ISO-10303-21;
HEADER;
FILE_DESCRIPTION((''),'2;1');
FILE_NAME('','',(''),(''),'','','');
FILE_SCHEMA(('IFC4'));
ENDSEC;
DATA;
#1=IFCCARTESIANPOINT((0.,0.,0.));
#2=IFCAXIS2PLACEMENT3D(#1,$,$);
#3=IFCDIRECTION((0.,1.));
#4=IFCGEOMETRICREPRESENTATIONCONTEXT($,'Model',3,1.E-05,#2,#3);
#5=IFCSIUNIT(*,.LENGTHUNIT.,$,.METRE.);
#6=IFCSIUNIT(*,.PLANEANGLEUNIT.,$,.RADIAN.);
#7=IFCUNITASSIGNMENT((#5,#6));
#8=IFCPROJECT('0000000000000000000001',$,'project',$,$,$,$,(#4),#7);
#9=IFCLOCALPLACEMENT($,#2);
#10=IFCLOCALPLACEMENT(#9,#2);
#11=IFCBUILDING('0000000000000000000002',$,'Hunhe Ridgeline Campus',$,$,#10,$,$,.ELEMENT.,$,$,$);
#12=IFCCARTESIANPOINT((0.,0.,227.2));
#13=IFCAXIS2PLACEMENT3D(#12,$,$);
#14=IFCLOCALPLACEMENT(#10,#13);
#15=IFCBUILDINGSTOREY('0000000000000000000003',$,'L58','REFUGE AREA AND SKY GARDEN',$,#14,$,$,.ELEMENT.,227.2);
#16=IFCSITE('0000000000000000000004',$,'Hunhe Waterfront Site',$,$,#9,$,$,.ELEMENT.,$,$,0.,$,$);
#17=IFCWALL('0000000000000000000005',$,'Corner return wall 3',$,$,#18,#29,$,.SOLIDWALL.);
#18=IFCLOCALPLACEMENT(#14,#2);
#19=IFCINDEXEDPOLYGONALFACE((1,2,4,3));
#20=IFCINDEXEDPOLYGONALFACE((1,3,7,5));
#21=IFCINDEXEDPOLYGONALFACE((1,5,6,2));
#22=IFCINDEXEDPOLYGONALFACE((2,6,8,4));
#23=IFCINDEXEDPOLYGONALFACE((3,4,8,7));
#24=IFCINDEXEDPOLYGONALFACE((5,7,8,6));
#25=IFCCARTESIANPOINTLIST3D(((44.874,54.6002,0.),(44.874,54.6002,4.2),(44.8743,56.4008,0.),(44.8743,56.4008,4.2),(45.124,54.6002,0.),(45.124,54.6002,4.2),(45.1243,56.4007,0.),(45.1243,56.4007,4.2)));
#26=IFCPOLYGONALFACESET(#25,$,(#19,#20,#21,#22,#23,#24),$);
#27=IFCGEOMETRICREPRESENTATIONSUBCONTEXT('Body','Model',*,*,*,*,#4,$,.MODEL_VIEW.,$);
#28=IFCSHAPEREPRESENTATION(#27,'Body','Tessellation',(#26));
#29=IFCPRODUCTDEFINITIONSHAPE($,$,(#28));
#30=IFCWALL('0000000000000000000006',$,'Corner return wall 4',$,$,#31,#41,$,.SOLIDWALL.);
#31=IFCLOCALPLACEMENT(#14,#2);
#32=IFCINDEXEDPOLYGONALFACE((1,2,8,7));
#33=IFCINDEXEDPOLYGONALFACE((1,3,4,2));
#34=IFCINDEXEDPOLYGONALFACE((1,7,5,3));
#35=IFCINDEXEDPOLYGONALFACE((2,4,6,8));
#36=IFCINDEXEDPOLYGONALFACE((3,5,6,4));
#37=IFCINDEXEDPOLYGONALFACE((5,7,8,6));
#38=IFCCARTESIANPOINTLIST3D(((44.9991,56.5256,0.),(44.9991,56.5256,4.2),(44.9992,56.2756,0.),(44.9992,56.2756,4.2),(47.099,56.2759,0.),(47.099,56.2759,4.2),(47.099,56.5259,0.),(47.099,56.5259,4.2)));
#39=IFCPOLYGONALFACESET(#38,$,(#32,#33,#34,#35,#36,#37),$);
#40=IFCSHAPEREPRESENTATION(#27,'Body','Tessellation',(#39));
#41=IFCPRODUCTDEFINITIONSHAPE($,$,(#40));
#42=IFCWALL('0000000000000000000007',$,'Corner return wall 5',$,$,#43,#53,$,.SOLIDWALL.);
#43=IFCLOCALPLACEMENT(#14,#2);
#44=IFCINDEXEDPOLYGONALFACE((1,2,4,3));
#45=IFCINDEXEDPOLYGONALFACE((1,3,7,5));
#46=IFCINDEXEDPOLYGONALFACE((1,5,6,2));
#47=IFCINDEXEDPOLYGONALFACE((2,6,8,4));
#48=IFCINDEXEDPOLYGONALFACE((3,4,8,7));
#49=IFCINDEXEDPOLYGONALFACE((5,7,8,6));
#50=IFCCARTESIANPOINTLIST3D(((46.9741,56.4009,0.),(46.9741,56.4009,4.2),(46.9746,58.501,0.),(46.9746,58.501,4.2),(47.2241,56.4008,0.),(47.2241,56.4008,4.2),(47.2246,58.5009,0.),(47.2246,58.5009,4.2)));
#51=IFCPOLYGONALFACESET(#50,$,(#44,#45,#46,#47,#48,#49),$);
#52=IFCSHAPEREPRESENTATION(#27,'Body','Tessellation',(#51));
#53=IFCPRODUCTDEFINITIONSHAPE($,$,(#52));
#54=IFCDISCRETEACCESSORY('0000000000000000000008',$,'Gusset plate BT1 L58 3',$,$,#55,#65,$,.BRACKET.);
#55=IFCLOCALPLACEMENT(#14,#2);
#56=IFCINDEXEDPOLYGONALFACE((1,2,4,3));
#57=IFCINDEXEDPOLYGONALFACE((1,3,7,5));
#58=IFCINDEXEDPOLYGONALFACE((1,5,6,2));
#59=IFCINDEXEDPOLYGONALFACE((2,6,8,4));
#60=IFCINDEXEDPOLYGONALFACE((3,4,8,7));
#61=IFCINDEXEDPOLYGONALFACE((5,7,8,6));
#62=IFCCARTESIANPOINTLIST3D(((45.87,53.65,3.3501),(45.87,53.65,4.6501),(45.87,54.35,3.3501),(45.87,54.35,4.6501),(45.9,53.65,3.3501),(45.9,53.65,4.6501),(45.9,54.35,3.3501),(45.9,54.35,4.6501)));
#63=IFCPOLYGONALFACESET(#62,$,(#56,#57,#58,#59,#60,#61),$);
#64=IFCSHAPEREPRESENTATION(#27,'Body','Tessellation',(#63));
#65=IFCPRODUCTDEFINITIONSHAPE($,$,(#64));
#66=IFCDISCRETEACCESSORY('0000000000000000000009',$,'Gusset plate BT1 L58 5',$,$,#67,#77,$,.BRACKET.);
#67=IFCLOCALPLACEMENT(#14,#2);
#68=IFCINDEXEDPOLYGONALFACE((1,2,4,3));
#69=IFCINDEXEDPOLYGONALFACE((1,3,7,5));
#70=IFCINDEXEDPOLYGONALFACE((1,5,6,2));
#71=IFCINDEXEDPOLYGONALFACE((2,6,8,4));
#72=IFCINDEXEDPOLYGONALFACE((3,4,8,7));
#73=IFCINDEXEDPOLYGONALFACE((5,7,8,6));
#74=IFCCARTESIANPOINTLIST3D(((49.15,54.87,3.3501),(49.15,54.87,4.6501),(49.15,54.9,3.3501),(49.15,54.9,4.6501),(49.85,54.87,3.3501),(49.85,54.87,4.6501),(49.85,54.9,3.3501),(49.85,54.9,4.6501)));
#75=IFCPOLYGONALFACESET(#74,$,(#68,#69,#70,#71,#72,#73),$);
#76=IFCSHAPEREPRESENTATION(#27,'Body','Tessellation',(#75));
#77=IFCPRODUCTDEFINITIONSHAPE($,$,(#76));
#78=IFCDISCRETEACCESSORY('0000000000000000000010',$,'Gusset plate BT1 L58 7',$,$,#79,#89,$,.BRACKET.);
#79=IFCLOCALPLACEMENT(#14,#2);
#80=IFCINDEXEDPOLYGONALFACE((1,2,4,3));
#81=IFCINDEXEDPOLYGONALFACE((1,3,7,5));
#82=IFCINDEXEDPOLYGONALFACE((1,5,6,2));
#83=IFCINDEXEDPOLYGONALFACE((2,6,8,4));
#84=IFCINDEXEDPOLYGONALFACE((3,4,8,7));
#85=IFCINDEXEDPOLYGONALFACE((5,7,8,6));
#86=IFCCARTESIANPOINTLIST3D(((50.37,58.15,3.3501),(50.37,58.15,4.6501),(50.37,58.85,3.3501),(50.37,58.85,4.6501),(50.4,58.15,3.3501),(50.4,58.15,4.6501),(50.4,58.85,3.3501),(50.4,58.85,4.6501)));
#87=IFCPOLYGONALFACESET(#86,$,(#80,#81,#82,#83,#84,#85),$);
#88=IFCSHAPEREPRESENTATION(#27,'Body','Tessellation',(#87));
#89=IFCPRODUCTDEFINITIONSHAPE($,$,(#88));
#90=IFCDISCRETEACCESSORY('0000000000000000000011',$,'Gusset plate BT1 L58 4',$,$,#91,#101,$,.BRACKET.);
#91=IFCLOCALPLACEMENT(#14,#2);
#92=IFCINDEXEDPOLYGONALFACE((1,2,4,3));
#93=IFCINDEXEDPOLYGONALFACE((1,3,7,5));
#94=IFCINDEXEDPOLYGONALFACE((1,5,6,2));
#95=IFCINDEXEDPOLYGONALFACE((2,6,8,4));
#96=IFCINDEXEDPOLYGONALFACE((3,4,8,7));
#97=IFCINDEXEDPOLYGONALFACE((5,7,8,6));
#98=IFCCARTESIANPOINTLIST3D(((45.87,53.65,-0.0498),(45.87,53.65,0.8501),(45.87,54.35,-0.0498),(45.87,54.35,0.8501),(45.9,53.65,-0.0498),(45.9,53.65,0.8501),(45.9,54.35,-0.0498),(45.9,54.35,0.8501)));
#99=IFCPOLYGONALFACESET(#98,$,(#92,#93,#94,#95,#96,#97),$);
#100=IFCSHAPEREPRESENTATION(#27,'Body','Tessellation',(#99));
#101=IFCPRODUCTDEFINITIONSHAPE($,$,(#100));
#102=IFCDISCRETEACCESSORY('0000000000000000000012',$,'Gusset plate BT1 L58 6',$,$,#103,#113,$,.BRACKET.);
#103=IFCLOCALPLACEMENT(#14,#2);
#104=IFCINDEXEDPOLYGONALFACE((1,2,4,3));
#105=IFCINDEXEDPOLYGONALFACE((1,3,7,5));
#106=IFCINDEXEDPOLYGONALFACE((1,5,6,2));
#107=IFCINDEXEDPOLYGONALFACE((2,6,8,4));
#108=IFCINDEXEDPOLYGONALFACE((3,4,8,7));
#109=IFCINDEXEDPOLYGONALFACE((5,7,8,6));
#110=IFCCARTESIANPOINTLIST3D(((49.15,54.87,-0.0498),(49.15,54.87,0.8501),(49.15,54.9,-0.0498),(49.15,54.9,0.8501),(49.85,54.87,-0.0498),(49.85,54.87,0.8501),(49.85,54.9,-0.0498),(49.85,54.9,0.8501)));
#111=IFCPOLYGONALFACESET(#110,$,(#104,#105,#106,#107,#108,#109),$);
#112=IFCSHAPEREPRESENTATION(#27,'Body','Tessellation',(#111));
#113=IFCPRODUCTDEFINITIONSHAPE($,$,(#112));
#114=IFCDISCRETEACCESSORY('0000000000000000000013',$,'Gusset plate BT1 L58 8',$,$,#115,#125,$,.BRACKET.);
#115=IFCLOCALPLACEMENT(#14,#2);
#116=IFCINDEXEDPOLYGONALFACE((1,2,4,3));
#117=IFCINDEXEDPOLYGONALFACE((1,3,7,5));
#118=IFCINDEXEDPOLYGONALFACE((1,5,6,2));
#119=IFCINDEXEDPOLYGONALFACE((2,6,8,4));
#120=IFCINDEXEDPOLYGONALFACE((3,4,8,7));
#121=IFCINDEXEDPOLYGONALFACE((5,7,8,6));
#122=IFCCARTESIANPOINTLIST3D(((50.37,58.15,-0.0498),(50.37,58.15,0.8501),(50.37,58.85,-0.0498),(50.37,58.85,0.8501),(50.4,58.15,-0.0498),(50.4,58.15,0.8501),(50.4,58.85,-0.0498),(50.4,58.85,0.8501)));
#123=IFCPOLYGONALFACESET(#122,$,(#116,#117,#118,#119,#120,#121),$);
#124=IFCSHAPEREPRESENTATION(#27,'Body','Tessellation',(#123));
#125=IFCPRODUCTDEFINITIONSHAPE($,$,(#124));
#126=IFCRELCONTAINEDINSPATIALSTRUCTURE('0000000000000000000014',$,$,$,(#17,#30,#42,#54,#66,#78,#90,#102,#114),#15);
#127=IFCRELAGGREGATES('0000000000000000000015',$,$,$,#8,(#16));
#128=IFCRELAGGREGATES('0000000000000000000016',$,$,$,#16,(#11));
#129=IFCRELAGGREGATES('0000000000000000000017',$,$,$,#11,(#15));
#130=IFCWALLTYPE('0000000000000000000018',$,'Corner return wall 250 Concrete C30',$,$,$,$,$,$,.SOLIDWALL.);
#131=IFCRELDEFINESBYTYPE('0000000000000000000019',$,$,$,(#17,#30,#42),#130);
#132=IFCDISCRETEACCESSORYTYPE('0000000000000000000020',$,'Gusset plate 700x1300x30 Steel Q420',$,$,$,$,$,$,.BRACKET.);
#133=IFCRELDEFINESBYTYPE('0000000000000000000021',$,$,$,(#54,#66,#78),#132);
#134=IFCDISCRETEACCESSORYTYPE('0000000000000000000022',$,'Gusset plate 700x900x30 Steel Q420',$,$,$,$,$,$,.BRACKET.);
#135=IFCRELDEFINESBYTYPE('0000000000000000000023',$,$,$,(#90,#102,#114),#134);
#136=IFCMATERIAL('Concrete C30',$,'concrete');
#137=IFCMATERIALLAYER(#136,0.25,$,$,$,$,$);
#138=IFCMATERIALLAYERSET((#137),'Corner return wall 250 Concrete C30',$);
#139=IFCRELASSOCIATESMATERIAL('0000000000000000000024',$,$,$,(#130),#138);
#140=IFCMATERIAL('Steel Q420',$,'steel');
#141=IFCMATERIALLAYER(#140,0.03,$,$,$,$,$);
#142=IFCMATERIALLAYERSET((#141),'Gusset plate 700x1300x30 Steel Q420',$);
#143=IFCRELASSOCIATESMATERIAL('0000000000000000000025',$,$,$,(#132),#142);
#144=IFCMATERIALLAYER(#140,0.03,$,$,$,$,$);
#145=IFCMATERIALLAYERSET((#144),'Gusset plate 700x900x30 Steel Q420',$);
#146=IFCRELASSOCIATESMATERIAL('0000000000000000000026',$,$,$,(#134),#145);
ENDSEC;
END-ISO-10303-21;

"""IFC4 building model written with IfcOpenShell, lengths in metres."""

from ifc_helpers import new_model, si_unit, direction, frame, frame_2d, origin, origin_2d, place, context, subcontext, project, spatial, rectangle, extrude, material, layer, layer_set, type_object, element, save


model = new_model("IFC4")

# Units and contexts
model_context = context("Model", 3, precision=1e-05, world=origin(), true_north=direction((0.0, 1.0)))
body_context = subcontext(model_context, "Body", "Model", "MODEL_VIEW")
ifc_project = project(units=[si_unit("LENGTHUNIT", "METRE"), si_unit("PLANEANGLEUNIT", "RADIAN")], contexts=[model_context])

# Site, building, storey
site_placement = place(None, origin())
site = spatial("IfcSite", under=ifc_project, at=site_placement, Name="Hunhe Waterfront Site", CompositionType="ELEMENT", RefElevation=0.0)
building_placement = place(site_placement, origin())
building = spatial("IfcBuilding", under=site, at=building_placement, Name="Hunhe Ridgeline Campus", CompositionType="ELEMENT")
storey_placement = place(building_placement, frame((0.0, 0.0, 227.2)))
storey = spatial("IfcBuildingStorey", under=building, at=storey_placement, Name="L58", Description="REFUGE AREA AND SKY GARDEN", CompositionType="ELEMENT", Elevation=227.2)

# Shared definitions
ifc_material_1 = material(Name="Steel Q420", Category="steel")

# Walls
ifc_material_2 = material(Name="Concrete C30", Category="concrete")
ifc_layer_1 = layer(ifc_material_2, 0.25)
ifc_layer_set_1 = layer_set([ifc_layer_1], Name="Corner return wall 250 Concrete C30")
wall_type = type_object("IfcWallType", Name="Corner return wall 250 Concrete C30", PredefinedType="SOLIDWALL", material=ifc_layer_set_1)
wall_1_placement = place(storey_placement, frame((44.999, 54.6001, 0.0), z_axis=(0.0, 0.0, 1.0), x_axis=(0.000136, 1.0, 0.0)))
element("IfcWall", 1, at=wall_1_placement, inside=storey, type_object=wall_type, Name="Corner return wall 3", PredefinedType="SOLIDWALL", context=body_context, shape_type="SweptSolid", body=[
    extrude(rectangle(XDim=1.8005, YDim=0.25, at=frame_2d((0.9004, 0.0))), origin(), (0.0, 0.0, 1.0), 4.2),
])
wall_2_placement = place(storey_placement, frame((44.9993, 56.4006, 0.0), z_axis=(0.0, 0.0, 1.0), x_axis=(1.0, 0.000116, 0.0)))
element("IfcWall", 2, at=wall_2_placement, inside=storey, type_object=wall_type, Name="Corner return wall 4", PredefinedType="SOLIDWALL", context=body_context, shape_type="SweptSolid", body=[
    extrude(rectangle(XDim=2.0999, YDim=0.25, at=frame_2d((1.0498, 0.0))), origin(), (0.0, 0.0, 1.0), 4.2),
])
wall_3_placement = place(storey_placement, frame((47.0991, 56.4009, 0.0), z_axis=(0.0, 0.0, 1.0), x_axis=(0.000233, 1.0, 0.0)))
element("IfcWall", 3, at=wall_3_placement, inside=storey, type_object=wall_type, Name="Corner return wall 5", PredefinedType="SOLIDWALL", context=body_context, shape_type="SweptSolid", body=[
    extrude(rectangle(XDim=2.1001, YDim=0.25, at=frame_2d((1.05, 0.0))), origin(), (0.0, 0.0, 1.0), 4.2),
])

# Discrete accessories
ifc_layer_2 = layer(ifc_material_1, 0.03)
ifc_layer_set_2 = layer_set([ifc_layer_2], Name="Gusset plate 700x1300x30 Steel Q420")
discrete_accessory_type_1 = type_object("IfcDiscreteAccessoryType", Name="Gusset plate 700x1300x30 Steel Q420", PredefinedType="BRACKET", material=ifc_layer_set_2)
for number, where, z_axis, x_axis, name in (
    (4, (45.885, 54.0, 3.3501), (0.0, 0.0, 1.0), (-1.0, 0.0, 0.0), "Gusset plate BT1 L58 3"),
    (5, (49.5, 54.885, 3.3501), (0.0, 0.0, 1.0), (0.0, -1.0, 0.0), "Gusset plate BT1 L58 5"),
    (6, (50.385, 58.5, 3.3501), (0.0, 0.0, 1.0), (-1.0, 0.0, 0.0), "Gusset plate BT1 L58 7"),
):
    element("IfcDiscreteAccessory", number, at=place(storey_placement, frame(where, z_axis=z_axis, x_axis=x_axis)), inside=storey, type_object=discrete_accessory_type_1, Name=name, PredefinedType="BRACKET", context=body_context, shape_type="SweptSolid", body=[
        extrude(rectangle(XDim=0.03, YDim=0.7, at=origin_2d()), origin(), (0.0, 0.0, 1.0), 1.3),
    ])
ifc_layer_3 = layer(ifc_material_1, 0.03)
ifc_layer_set_3 = layer_set([ifc_layer_3], Name="Gusset plate 700x900x30 Steel Q420")
discrete_accessory_type_2 = type_object("IfcDiscreteAccessoryType", Name="Gusset plate 700x900x30 Steel Q420", PredefinedType="BRACKET", material=ifc_layer_set_3)
for number, where, z_axis, x_axis, name in (
    (7, (45.885, 54.0, -0.0498), (0.0, 0.0, 1.0), (-1.0, 0.0, 0.0), "Gusset plate BT1 L58 4"),
    (8, (49.5, 54.885, -0.0498), (0.0, 0.0, 1.0), (0.0, -1.0, 0.0), "Gusset plate BT1 L58 6"),
    (9, (50.385, 58.5, -0.0498), (0.0, 0.0, 1.0), (-1.0, 0.0, 0.0), "Gusset plate BT1 L58 8"),
):
    element("IfcDiscreteAccessory", number, at=place(storey_placement, frame(where, z_axis=z_axis, x_axis=x_axis)), inside=storey, type_object=discrete_accessory_type_2, Name=name, PredefinedType="BRACKET", context=body_context, shape_type="SweptSolid", body=[
        extrude(rectangle(XDim=0.03, YDim=0.7, at=origin_2d()), origin(), (0.0, 0.0, 1.0), 0.8999),
    ])

save(model, "model.ifc")
